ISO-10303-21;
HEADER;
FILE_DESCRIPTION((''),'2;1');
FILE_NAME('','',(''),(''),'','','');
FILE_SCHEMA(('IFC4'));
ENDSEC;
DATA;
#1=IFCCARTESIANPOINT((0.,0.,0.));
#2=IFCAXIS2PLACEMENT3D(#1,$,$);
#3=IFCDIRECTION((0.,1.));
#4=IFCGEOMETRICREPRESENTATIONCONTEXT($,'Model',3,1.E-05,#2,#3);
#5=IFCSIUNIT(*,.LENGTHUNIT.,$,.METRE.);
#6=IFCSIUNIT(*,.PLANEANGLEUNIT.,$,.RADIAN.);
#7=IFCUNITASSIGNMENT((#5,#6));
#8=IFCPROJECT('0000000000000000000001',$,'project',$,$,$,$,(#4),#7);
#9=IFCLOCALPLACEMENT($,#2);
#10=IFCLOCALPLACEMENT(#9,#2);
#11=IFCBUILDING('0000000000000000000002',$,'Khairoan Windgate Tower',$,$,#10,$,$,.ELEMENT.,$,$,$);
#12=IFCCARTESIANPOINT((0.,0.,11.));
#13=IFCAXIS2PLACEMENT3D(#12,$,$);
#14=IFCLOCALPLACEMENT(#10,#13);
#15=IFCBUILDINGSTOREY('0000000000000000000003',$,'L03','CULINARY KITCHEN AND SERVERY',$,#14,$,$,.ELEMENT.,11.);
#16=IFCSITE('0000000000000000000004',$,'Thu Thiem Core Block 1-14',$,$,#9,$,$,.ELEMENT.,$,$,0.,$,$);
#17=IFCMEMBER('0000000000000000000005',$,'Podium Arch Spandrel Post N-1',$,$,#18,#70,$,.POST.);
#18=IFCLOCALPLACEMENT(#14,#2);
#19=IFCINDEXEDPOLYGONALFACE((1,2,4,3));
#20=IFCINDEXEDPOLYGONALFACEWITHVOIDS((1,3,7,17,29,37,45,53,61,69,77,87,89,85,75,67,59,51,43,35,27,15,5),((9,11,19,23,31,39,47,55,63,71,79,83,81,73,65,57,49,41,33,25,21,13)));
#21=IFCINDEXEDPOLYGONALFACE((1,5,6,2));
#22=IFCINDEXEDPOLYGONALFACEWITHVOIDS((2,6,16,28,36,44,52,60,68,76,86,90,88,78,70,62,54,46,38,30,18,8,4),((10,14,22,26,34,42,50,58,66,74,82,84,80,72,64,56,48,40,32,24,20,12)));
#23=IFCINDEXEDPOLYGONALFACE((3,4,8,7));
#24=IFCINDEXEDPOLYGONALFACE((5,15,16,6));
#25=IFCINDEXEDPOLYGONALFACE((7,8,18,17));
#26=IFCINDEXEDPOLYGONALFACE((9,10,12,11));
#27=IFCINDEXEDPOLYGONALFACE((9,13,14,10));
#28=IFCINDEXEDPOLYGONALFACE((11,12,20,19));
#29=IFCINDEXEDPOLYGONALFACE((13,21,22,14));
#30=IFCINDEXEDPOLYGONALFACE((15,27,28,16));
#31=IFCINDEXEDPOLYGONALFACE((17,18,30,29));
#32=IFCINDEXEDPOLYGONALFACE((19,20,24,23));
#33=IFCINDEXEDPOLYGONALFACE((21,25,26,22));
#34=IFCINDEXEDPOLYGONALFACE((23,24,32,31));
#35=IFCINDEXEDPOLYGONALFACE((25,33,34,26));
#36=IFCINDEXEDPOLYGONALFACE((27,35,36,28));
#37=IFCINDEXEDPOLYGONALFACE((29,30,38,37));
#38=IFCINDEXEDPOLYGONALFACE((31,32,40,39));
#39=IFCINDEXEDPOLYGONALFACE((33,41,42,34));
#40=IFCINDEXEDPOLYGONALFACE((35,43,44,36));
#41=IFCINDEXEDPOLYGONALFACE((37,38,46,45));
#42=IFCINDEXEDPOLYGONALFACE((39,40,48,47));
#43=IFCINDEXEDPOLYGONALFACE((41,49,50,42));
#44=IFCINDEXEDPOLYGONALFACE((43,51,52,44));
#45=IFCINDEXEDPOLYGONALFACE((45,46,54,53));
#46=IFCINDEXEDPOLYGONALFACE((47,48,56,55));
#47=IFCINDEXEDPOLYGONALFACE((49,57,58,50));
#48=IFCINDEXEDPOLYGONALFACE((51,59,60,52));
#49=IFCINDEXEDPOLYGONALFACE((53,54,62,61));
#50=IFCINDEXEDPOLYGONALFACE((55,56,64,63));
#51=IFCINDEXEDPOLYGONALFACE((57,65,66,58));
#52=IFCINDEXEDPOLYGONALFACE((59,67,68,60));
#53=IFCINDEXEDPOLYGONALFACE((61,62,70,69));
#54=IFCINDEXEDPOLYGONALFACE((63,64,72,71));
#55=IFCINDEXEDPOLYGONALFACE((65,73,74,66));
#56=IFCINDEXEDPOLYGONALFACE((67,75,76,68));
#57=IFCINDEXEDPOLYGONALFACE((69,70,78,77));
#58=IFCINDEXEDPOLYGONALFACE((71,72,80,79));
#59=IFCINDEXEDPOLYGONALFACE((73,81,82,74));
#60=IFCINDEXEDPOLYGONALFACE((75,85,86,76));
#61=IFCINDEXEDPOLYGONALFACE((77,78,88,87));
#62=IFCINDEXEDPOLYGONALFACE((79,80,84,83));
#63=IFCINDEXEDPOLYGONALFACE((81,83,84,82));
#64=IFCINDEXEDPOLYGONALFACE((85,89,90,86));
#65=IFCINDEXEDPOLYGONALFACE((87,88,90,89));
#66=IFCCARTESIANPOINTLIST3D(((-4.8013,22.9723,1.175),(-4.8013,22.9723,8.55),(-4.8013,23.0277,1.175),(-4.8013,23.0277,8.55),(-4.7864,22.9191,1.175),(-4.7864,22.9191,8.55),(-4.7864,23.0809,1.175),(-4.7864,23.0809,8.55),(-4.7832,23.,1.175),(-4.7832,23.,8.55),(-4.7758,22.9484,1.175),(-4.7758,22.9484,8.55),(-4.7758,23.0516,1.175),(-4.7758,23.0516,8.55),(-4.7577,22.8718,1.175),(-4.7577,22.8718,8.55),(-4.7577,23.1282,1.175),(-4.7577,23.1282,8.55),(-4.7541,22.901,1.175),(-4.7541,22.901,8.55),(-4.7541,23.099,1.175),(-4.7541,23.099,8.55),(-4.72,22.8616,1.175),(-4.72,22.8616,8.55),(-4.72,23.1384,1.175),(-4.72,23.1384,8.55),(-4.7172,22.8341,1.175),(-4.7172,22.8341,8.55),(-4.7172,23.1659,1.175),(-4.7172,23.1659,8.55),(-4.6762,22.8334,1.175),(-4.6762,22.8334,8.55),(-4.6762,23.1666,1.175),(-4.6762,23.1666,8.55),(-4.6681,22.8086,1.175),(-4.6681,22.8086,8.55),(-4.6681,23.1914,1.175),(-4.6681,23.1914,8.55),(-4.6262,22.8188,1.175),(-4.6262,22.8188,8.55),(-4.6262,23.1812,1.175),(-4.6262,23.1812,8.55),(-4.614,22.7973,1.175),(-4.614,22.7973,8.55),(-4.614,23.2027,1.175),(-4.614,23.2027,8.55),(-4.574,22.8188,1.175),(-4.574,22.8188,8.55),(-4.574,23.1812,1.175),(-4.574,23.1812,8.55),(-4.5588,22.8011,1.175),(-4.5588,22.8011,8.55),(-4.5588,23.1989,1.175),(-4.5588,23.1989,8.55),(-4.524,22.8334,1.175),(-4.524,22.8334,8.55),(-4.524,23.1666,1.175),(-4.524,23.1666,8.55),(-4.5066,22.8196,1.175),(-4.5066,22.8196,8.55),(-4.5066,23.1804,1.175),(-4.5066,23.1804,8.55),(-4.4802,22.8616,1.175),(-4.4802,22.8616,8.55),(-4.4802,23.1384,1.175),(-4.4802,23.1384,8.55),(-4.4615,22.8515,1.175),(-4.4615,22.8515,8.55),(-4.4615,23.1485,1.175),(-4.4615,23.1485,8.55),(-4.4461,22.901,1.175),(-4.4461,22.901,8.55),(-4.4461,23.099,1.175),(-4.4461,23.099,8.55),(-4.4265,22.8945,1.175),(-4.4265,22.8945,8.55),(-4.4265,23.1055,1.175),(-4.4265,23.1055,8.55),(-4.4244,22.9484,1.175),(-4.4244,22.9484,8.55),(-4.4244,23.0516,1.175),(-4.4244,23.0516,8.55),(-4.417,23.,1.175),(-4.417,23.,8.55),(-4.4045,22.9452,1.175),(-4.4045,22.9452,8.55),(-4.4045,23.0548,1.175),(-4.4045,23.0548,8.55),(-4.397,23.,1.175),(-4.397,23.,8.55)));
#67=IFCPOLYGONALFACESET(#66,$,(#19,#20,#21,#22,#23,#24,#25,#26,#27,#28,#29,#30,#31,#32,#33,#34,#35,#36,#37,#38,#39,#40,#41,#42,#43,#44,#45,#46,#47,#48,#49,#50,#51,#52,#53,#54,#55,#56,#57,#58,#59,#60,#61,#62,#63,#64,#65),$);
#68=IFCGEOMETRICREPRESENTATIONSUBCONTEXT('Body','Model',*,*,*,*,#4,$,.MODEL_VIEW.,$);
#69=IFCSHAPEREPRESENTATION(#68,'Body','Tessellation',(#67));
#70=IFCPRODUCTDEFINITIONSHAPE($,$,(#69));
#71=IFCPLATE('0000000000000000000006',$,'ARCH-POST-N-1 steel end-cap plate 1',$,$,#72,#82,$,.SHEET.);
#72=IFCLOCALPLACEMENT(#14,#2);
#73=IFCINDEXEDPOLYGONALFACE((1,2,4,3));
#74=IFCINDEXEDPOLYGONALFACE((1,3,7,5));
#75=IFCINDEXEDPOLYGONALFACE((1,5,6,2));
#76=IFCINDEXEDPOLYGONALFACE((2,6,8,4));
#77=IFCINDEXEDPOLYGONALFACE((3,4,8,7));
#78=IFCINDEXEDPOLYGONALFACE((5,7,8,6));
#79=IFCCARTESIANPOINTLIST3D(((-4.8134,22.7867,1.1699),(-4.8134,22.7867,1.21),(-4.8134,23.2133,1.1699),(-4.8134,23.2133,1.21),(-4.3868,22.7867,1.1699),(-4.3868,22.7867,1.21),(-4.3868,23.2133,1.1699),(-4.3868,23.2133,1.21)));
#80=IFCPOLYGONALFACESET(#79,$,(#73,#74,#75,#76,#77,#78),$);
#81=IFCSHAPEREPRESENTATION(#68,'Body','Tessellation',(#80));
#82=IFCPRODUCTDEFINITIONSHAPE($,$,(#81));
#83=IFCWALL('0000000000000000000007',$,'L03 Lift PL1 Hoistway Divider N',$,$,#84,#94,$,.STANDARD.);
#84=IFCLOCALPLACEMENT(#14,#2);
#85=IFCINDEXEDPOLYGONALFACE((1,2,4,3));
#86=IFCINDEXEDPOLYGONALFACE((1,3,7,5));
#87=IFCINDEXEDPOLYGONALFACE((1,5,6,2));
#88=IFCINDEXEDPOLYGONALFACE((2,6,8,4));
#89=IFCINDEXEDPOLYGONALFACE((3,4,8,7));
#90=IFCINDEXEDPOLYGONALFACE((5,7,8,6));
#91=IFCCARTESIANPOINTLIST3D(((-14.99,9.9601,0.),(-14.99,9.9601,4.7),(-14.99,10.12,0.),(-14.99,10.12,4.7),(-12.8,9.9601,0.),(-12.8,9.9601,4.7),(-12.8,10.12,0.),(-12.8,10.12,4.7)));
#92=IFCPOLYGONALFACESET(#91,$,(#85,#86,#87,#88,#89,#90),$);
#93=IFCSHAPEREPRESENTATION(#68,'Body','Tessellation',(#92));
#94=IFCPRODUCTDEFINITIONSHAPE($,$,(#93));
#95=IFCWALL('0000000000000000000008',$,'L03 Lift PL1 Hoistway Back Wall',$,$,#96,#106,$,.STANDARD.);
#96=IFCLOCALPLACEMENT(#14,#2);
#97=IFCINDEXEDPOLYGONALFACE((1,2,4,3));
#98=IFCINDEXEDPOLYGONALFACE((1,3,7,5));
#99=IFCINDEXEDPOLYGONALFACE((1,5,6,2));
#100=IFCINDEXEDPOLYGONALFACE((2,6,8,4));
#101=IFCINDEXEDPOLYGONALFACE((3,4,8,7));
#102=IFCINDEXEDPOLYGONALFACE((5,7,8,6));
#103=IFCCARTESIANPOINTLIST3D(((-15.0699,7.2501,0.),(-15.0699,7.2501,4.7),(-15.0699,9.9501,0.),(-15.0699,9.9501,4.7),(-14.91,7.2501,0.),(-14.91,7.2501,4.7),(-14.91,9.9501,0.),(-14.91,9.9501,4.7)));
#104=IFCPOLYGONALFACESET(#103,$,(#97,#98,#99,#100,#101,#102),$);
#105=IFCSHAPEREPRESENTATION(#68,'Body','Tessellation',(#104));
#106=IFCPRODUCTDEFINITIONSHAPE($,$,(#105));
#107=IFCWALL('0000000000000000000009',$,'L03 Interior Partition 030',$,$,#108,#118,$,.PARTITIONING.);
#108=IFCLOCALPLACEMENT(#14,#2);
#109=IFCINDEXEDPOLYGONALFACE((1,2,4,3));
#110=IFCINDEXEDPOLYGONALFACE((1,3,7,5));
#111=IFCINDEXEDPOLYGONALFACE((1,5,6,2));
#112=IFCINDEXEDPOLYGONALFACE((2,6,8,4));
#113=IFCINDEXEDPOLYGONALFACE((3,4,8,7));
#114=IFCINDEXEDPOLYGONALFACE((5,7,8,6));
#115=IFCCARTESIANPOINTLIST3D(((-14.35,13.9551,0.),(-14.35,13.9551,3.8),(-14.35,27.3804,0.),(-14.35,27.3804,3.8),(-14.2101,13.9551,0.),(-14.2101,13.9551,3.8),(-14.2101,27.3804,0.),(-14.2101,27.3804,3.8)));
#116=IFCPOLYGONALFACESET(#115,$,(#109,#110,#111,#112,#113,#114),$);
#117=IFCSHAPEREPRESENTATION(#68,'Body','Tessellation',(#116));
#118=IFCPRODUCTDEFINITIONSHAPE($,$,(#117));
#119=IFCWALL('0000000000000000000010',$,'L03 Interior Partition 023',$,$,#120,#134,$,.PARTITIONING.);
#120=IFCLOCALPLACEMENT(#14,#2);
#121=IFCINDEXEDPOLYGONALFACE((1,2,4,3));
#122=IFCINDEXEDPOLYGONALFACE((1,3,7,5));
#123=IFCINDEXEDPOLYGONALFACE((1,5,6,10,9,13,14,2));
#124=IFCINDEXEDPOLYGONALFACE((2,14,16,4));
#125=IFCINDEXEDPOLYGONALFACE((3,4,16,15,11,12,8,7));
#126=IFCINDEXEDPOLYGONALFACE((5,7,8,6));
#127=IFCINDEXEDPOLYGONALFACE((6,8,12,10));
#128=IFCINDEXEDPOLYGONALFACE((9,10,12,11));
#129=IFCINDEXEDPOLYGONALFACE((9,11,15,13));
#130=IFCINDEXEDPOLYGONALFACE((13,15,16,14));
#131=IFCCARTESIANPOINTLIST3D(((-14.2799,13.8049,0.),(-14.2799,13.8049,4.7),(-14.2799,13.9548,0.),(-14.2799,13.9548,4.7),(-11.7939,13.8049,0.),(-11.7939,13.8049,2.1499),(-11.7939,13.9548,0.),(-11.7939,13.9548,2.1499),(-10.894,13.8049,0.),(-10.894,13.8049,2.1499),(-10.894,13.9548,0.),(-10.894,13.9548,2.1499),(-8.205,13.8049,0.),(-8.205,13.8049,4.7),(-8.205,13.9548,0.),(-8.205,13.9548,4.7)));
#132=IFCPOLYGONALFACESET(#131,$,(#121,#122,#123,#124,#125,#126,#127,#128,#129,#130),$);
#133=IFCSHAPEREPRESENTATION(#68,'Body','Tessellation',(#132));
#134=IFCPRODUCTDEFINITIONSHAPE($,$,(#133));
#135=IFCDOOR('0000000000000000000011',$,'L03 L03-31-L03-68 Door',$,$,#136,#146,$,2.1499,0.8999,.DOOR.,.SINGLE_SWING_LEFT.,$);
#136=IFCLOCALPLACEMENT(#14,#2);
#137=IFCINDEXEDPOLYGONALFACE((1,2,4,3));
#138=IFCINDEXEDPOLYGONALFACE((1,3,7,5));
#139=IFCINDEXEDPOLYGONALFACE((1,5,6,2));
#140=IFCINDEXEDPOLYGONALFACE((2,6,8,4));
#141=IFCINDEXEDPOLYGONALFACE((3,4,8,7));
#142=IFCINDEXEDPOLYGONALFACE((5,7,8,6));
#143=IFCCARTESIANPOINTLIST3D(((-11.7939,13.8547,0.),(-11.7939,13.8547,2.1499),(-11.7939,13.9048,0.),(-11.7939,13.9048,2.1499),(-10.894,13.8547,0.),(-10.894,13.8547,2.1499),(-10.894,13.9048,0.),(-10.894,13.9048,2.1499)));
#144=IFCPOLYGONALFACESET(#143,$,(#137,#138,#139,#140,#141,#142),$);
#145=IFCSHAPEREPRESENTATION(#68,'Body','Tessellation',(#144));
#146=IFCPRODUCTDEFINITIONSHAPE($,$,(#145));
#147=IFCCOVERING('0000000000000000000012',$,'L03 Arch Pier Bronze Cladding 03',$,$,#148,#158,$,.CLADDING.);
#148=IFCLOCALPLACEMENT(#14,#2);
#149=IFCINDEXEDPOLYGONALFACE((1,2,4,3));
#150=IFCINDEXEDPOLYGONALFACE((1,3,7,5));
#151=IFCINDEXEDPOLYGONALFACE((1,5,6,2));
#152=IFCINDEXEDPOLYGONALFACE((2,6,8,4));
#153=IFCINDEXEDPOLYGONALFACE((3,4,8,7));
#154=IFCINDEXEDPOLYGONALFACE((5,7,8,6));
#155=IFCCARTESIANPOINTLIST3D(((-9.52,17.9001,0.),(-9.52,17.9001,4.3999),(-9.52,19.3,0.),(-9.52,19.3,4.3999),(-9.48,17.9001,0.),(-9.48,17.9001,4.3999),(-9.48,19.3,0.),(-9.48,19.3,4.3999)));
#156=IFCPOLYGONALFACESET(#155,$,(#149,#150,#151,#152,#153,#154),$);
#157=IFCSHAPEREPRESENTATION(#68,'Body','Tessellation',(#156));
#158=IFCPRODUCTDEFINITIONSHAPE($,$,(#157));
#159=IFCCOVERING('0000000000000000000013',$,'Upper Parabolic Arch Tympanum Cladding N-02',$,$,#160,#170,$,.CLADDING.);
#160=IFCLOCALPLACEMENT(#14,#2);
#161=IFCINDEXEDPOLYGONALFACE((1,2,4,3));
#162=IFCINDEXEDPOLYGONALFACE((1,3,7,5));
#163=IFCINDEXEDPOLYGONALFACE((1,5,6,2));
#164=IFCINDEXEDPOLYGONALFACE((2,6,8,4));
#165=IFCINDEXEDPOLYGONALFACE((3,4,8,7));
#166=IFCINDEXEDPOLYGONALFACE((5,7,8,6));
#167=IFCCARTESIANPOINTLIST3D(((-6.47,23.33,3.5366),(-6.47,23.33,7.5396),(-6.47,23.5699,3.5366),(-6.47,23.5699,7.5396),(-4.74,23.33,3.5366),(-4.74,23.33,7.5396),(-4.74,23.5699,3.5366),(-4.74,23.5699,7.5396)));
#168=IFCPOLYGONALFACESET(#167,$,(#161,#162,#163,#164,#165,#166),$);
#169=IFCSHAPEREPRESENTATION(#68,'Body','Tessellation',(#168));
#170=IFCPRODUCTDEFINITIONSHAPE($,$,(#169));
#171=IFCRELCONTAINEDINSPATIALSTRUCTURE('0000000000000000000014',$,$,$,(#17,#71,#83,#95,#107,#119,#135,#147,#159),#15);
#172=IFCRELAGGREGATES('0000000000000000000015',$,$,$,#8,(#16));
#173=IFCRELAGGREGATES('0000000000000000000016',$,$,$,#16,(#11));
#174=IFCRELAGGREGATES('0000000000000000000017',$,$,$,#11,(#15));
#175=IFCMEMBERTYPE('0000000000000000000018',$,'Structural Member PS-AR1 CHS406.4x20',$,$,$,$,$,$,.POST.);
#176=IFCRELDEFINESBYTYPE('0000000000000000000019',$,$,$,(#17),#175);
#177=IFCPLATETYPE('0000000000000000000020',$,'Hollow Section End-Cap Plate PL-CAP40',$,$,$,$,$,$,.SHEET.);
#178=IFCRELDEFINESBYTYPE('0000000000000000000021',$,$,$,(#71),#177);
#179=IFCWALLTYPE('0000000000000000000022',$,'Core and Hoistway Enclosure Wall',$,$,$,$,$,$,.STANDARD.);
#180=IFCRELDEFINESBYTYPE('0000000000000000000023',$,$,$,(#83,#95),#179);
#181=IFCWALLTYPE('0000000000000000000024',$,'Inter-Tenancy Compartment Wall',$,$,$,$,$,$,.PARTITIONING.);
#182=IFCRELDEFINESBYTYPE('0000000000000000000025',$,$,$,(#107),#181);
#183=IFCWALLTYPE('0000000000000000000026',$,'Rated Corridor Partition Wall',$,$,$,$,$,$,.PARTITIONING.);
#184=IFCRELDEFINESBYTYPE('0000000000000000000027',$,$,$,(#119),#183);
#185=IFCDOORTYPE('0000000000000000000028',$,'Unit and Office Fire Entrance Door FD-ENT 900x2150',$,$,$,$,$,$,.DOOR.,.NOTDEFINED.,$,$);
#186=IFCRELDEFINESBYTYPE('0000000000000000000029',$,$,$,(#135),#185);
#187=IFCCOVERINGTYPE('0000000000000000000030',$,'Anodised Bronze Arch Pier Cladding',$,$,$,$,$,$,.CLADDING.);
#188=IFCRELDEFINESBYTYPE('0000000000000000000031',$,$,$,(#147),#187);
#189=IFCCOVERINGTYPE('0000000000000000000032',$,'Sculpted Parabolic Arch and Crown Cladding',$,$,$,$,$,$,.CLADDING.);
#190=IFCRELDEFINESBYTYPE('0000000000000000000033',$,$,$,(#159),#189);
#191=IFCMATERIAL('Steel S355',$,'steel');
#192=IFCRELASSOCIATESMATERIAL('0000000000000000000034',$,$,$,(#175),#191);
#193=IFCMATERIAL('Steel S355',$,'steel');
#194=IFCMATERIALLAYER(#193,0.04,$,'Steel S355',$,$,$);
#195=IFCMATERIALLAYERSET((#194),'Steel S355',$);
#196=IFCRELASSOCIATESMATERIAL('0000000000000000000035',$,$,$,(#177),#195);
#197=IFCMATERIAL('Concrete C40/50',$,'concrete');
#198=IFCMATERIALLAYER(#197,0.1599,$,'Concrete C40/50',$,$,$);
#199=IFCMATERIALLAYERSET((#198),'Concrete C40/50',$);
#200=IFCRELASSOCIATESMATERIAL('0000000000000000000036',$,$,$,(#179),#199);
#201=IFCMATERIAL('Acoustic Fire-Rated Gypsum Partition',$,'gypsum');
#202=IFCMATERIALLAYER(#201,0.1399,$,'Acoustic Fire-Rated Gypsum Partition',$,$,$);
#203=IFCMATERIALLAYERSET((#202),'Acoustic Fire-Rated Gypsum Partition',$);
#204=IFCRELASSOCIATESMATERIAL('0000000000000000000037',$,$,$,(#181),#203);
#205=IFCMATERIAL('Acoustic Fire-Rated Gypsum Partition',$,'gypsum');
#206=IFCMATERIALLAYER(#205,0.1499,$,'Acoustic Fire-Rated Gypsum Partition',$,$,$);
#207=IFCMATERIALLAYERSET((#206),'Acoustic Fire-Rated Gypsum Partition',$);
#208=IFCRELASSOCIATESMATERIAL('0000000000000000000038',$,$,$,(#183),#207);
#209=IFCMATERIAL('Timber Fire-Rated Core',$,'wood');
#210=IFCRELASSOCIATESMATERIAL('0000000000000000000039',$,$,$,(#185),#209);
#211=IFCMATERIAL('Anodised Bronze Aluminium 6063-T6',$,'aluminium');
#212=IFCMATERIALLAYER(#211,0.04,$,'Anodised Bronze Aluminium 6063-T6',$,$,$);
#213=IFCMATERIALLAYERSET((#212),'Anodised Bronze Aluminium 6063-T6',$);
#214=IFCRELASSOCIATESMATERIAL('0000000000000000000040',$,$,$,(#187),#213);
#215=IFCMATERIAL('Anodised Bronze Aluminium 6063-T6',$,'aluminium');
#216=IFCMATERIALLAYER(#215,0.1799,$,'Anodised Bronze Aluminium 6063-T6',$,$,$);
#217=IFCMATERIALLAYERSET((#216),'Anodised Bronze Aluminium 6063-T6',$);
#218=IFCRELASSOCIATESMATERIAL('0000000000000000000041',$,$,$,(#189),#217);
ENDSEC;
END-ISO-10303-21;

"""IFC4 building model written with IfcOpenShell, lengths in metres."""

from ifc_helpers import new_model, si_unit, direction, frame, frame_2d, origin, origin_2d, place, context, subcontext, project, spatial, rectangle, hollow_circle, extrude, material, layer, layer_set, material_profile, profile_set, type_object, element, fill, save


model = new_model("IFC4")

# Units and contexts
model_context = context("Model", 3, precision=1e-05, world=origin(), true_north=direction((0.0, 1.0)))
body_context = subcontext(model_context, "Body", "Model", "MODEL_VIEW")
ifc_project = project(units=[si_unit("LENGTHUNIT", "METRE"), si_unit("PLANEANGLEUNIT", "RADIAN")], contexts=[model_context])

# Site, building, storey
site_placement = place(None, origin())
site = spatial("IfcSite", under=ifc_project, at=site_placement, Name="Thu Thiem Core Block 1-14", CompositionType="ELEMENT", RefElevation=0.0)
building_placement = place(site_placement, origin())
building = spatial("IfcBuilding", under=site, at=building_placement, Name="Khairoan Windgate Tower", CompositionType="ELEMENT")
storey_placement = place(building_placement, frame((0.0, 0.0, 11.0)))
storey = spatial("IfcBuildingStorey", under=building, at=storey_placement, Name="L03", Description="CULINARY KITCHEN AND SERVERY", CompositionType="ELEMENT", Elevation=11.0)

# Member
ifc_material_1 = material(Name="Steel S355", Category="steel")
ifc_material_profile_1 = material_profile(ifc_material_1, hollow_circle(Radius=0.2031, WallThickness=0.02, at=origin_2d()))
ifc_profile_set_1 = profile_set([ifc_material_profile_1], Name="Steel S355")
member_type = type_object("IfcMemberType", Name="Structural Member PS-AR1 CHS406.4x20", PredefinedType="POST", material=ifc_profile_set_1)
member_placement = place(storey_placement, frame((-4.6001, 23.0, 1.175), z_axis=(0.0, 0.0, 1.0), x_axis=(1.0, 0.0, 0.0)))
element("IfcMember", 1, at=member_placement, inside=storey, type_object=member_type, Name="Podium Arch Spandrel Post N-1", PredefinedType="POST", context=body_context, shape_type="SweptSolid", body=[
    extrude(hollow_circle(Radius=0.2031, WallThickness=0.02, at=origin_2d()), origin(), (0.0, 0.0, 1.0), 7.375),
])

# Plate
ifc_material_2 = material(Name="Steel S355", Category="steel")
ifc_layer_1 = layer(ifc_material_2, 0.04, Name="Steel S355")
ifc_layer_set_1 = layer_set([ifc_layer_1], Name="Steel S355")
plate_type = type_object("IfcPlateType", Name="Hollow Section End-Cap Plate PL-CAP40", PredefinedType="SHEET", material=ifc_layer_set_1)
plate_placement = place(storey_placement, frame((-4.6001, 23.0, 1.1699), z_axis=(0.0, 0.0, 1.0), x_axis=(1.0, 0.0, 0.0)))
element("IfcPlate", 2, at=plate_placement, inside=storey, type_object=plate_type, Name="ARCH-POST-N-1 steel end-cap plate 1", PredefinedType="SHEET", context=body_context, shape_type="SweptSolid", body=[
    extrude(rectangle(XDim=0.4265, YDim=0.4265, at=origin_2d()), origin(), (0.0, 0.0, 1.0), 0.04),
])

# Walls
ifc_material_3 = material(Name="Concrete C40/50", Category="concrete")
ifc_layer_2 = layer(ifc_material_3, 0.1599, Name="Concrete C40/50")
ifc_layer_set_2 = layer_set([ifc_layer_2], Name="Concrete C40/50")
wall_type_1 = type_object("IfcWallType", Name="Core and Hoistway Enclosure Wall", PredefinedType="STANDARD", material=ifc_layer_set_2)
wall_1_placement = place(storey_placement, frame((-14.99, 10.04, 0.0), z_axis=(0.0, 0.0, 1.0), x_axis=(1.0, 0.0, 0.0)))
element("IfcWall", 3, at=wall_1_placement, inside=storey, type_object=wall_type_1, Name="L03 Lift PL1 Hoistway Divider N", PredefinedType="STANDARD", context=body_context, shape_type="SweptSolid", body=[
    extrude(rectangle(XDim=2.1899, YDim=0.1599, at=frame_2d((1.095, 0.0))), origin(), (0.0, 0.0, 1.0), 4.7),
])
wall_2_placement = place(storey_placement, frame((-14.99, 7.25, 0.0), z_axis=(0.0, 0.0, 1.0), x_axis=(0.0, 1.0, 0.0)))
element("IfcWall", 4, at=wall_2_placement, inside=storey, type_object=wall_type_1, Name="L03 Lift PL1 Hoistway Back Wall", PredefinedType="STANDARD", context=body_context, shape_type="SweptSolid", body=[
    extrude(rectangle(XDim=2.7, YDim=0.1599, at=frame_2d((1.3501, 0.0))), origin(), (0.0, 0.0, 1.0), 4.7),
])
ifc_material_4 = material(Name="Acoustic Fire-Rated Gypsum Partition", Category="gypsum")
ifc_layer_3 = layer(ifc_material_4, 0.1399, Name="Acoustic Fire-Rated Gypsum Partition")
ifc_layer_set_3 = layer_set([ifc_layer_3], Name="Acoustic Fire-Rated Gypsum Partition")
wall_type_2 = type_object("IfcWallType", Name="Inter-Tenancy Compartment Wall", PredefinedType="PARTITIONING", material=ifc_layer_set_3)
wall_3_placement = place(storey_placement, frame((-14.28, 13.9551, 0.0), z_axis=(0.0, 0.0, 1.0), x_axis=(0.0, 1.0, 0.0)))
element("IfcWall", 5, at=wall_3_placement, inside=storey, type_object=wall_type_2, Name="L03 Interior Partition 030", PredefinedType="PARTITIONING", context=body_context, shape_type="SweptSolid", body=[
    extrude(rectangle(XDim=13.4253, YDim=0.1399, at=frame_2d((6.7126, 0.0))), origin(), (0.0, 0.0, 1.0), 3.8),
])

# Wall, opening, door
ifc_material_5 = material(Name="Acoustic Fire-Rated Gypsum Partition", Category="gypsum")
ifc_layer_4 = layer(ifc_material_5, 0.1499, Name="Acoustic Fire-Rated Gypsum Partition")
ifc_layer_set_4 = layer_set([ifc_layer_4], Name="Acoustic Fire-Rated Gypsum Partition")
wall_type_3 = type_object("IfcWallType", Name="Rated Corridor Partition Wall", PredefinedType="PARTITIONING", material=ifc_layer_set_4)
wall_4_placement = place(storey_placement, frame((-14.28, 13.8799, 0.0), z_axis=(0.0, 0.0, 1.0), x_axis=(1.0, 0.0, 0.0)))
wall_4 = element("IfcWall", 6, at=wall_4_placement, inside=storey, type_object=wall_type_3, Name="L03 Interior Partition 023", PredefinedType="PARTITIONING", context=body_context, shape_type="SweptSolid", body=[
    extrude(rectangle(XDim=6.075, YDim=0.1499, at=frame_2d((3.0376, 0.0))), origin(), (0.0, 0.0, 1.0), 4.7),
])
opening_placement = place(wall_4_placement, frame((2.4861, 0.0, 0.0)))
opening = element("IfcOpeningElement", 7, at=opening_placement, cuts=wall_4, PredefinedType="OPENING", context=body_context, shape_type="SweptSolid", body=[
    extrude(rectangle(XDim=0.8999, YDim=2.1499, at=frame_2d((0.45, 1.075))), frame((0.0, 0.085, 0.0), z_axis=(0.0, -1.0, 0.0), x_axis=(1.0, 0.0, 0.0)), (0.0, 0.0, 1.0), 0.1699),
])
ifc_material_6 = material(Name="Timber Fire-Rated Core", Category="wood")
door_type = type_object("IfcDoorType", Name="Unit and Office Fire Entrance Door FD-ENT 900x2150", OperationType="NOTDEFINED", PredefinedType="DOOR", material=ifc_material_6)
door_placement = place(opening_placement, origin())
door = element("IfcDoor", 8, at=door_placement, inside=storey, type_object=door_type, Name="L03 L03-31-L03-68 Door", OperationType="SINGLE_SWING_LEFT", OverallHeight=2.1499, OverallWidth=0.8999, PredefinedType="DOOR", context=body_context, shape_type="SweptSolid", body=[
    extrude(rectangle(XDim=0.8999, YDim=2.1499, at=frame_2d((0.45, 1.075))), frame((0.0, 0.0249, 0.0), z_axis=(0.0, -1.0, 0.0), x_axis=(1.0, 0.0, 0.0)), (0.0, 0.0, 1.0), 0.05),
])
fill(opening, door)

# Coverings
ifc_material_7 = material(Name="Anodised Bronze Aluminium 6063-T6", Category="aluminium")
ifc_layer_5 = layer(ifc_material_7, 0.04, Name="Anodised Bronze Aluminium 6063-T6")
ifc_layer_set_5 = layer_set([ifc_layer_5], Name="Anodised Bronze Aluminium 6063-T6")
covering_type_1 = type_object("IfcCoveringType", Name="Anodised Bronze Arch Pier Cladding", PredefinedType="CLADDING", material=ifc_layer_set_5)
covering_1_placement = place(storey_placement, frame((-9.5, 18.6001, 0.0), z_axis=(0.0, 0.0, 1.0), x_axis=(1.0, 0.0, 0.0)))
element("IfcCovering", 9, at=covering_1_placement, inside=storey, type_object=covering_type_1, Name="L03 Arch Pier Bronze Cladding 03", PredefinedType="CLADDING", context=body_context, shape_type="SweptSolid", body=[
    extrude(rectangle(XDim=0.04, YDim=1.3999, at=origin_2d()), origin(), (0.0, 0.0, 1.0), 4.3999),
])
ifc_material_8 = material(Name="Anodised Bronze Aluminium 6063-T6", Category="aluminium")
ifc_layer_6 = layer(ifc_material_8, 0.1799, Name="Anodised Bronze Aluminium 6063-T6")
ifc_layer_set_6 = layer_set([ifc_layer_6], Name="Anodised Bronze Aluminium 6063-T6")
covering_type_2 = type_object("IfcCoveringType", Name="Sculpted Parabolic Arch and Crown Cladding", PredefinedType="CLADDING", material=ifc_layer_set_6)
covering_2_placement = place(storey_placement, frame((-5.605, 23.45, 3.5366), z_axis=(0.0, 0.0, 1.0), x_axis=(1.0, 0.0, 0.0)))
element("IfcCovering", 10, at=covering_2_placement, inside=storey, type_object=covering_type_2, Name="Upper Parabolic Arch Tympanum Cladding N-02", PredefinedType="CLADDING", context=body_context, shape_type="SweptSolid", body=[
    extrude(rectangle(XDim=1.73, YDim=0.24, at=origin_2d()), origin(), (0.0, 0.0, 1.0), 4.0029),
])

save(model, "model.ifc")
